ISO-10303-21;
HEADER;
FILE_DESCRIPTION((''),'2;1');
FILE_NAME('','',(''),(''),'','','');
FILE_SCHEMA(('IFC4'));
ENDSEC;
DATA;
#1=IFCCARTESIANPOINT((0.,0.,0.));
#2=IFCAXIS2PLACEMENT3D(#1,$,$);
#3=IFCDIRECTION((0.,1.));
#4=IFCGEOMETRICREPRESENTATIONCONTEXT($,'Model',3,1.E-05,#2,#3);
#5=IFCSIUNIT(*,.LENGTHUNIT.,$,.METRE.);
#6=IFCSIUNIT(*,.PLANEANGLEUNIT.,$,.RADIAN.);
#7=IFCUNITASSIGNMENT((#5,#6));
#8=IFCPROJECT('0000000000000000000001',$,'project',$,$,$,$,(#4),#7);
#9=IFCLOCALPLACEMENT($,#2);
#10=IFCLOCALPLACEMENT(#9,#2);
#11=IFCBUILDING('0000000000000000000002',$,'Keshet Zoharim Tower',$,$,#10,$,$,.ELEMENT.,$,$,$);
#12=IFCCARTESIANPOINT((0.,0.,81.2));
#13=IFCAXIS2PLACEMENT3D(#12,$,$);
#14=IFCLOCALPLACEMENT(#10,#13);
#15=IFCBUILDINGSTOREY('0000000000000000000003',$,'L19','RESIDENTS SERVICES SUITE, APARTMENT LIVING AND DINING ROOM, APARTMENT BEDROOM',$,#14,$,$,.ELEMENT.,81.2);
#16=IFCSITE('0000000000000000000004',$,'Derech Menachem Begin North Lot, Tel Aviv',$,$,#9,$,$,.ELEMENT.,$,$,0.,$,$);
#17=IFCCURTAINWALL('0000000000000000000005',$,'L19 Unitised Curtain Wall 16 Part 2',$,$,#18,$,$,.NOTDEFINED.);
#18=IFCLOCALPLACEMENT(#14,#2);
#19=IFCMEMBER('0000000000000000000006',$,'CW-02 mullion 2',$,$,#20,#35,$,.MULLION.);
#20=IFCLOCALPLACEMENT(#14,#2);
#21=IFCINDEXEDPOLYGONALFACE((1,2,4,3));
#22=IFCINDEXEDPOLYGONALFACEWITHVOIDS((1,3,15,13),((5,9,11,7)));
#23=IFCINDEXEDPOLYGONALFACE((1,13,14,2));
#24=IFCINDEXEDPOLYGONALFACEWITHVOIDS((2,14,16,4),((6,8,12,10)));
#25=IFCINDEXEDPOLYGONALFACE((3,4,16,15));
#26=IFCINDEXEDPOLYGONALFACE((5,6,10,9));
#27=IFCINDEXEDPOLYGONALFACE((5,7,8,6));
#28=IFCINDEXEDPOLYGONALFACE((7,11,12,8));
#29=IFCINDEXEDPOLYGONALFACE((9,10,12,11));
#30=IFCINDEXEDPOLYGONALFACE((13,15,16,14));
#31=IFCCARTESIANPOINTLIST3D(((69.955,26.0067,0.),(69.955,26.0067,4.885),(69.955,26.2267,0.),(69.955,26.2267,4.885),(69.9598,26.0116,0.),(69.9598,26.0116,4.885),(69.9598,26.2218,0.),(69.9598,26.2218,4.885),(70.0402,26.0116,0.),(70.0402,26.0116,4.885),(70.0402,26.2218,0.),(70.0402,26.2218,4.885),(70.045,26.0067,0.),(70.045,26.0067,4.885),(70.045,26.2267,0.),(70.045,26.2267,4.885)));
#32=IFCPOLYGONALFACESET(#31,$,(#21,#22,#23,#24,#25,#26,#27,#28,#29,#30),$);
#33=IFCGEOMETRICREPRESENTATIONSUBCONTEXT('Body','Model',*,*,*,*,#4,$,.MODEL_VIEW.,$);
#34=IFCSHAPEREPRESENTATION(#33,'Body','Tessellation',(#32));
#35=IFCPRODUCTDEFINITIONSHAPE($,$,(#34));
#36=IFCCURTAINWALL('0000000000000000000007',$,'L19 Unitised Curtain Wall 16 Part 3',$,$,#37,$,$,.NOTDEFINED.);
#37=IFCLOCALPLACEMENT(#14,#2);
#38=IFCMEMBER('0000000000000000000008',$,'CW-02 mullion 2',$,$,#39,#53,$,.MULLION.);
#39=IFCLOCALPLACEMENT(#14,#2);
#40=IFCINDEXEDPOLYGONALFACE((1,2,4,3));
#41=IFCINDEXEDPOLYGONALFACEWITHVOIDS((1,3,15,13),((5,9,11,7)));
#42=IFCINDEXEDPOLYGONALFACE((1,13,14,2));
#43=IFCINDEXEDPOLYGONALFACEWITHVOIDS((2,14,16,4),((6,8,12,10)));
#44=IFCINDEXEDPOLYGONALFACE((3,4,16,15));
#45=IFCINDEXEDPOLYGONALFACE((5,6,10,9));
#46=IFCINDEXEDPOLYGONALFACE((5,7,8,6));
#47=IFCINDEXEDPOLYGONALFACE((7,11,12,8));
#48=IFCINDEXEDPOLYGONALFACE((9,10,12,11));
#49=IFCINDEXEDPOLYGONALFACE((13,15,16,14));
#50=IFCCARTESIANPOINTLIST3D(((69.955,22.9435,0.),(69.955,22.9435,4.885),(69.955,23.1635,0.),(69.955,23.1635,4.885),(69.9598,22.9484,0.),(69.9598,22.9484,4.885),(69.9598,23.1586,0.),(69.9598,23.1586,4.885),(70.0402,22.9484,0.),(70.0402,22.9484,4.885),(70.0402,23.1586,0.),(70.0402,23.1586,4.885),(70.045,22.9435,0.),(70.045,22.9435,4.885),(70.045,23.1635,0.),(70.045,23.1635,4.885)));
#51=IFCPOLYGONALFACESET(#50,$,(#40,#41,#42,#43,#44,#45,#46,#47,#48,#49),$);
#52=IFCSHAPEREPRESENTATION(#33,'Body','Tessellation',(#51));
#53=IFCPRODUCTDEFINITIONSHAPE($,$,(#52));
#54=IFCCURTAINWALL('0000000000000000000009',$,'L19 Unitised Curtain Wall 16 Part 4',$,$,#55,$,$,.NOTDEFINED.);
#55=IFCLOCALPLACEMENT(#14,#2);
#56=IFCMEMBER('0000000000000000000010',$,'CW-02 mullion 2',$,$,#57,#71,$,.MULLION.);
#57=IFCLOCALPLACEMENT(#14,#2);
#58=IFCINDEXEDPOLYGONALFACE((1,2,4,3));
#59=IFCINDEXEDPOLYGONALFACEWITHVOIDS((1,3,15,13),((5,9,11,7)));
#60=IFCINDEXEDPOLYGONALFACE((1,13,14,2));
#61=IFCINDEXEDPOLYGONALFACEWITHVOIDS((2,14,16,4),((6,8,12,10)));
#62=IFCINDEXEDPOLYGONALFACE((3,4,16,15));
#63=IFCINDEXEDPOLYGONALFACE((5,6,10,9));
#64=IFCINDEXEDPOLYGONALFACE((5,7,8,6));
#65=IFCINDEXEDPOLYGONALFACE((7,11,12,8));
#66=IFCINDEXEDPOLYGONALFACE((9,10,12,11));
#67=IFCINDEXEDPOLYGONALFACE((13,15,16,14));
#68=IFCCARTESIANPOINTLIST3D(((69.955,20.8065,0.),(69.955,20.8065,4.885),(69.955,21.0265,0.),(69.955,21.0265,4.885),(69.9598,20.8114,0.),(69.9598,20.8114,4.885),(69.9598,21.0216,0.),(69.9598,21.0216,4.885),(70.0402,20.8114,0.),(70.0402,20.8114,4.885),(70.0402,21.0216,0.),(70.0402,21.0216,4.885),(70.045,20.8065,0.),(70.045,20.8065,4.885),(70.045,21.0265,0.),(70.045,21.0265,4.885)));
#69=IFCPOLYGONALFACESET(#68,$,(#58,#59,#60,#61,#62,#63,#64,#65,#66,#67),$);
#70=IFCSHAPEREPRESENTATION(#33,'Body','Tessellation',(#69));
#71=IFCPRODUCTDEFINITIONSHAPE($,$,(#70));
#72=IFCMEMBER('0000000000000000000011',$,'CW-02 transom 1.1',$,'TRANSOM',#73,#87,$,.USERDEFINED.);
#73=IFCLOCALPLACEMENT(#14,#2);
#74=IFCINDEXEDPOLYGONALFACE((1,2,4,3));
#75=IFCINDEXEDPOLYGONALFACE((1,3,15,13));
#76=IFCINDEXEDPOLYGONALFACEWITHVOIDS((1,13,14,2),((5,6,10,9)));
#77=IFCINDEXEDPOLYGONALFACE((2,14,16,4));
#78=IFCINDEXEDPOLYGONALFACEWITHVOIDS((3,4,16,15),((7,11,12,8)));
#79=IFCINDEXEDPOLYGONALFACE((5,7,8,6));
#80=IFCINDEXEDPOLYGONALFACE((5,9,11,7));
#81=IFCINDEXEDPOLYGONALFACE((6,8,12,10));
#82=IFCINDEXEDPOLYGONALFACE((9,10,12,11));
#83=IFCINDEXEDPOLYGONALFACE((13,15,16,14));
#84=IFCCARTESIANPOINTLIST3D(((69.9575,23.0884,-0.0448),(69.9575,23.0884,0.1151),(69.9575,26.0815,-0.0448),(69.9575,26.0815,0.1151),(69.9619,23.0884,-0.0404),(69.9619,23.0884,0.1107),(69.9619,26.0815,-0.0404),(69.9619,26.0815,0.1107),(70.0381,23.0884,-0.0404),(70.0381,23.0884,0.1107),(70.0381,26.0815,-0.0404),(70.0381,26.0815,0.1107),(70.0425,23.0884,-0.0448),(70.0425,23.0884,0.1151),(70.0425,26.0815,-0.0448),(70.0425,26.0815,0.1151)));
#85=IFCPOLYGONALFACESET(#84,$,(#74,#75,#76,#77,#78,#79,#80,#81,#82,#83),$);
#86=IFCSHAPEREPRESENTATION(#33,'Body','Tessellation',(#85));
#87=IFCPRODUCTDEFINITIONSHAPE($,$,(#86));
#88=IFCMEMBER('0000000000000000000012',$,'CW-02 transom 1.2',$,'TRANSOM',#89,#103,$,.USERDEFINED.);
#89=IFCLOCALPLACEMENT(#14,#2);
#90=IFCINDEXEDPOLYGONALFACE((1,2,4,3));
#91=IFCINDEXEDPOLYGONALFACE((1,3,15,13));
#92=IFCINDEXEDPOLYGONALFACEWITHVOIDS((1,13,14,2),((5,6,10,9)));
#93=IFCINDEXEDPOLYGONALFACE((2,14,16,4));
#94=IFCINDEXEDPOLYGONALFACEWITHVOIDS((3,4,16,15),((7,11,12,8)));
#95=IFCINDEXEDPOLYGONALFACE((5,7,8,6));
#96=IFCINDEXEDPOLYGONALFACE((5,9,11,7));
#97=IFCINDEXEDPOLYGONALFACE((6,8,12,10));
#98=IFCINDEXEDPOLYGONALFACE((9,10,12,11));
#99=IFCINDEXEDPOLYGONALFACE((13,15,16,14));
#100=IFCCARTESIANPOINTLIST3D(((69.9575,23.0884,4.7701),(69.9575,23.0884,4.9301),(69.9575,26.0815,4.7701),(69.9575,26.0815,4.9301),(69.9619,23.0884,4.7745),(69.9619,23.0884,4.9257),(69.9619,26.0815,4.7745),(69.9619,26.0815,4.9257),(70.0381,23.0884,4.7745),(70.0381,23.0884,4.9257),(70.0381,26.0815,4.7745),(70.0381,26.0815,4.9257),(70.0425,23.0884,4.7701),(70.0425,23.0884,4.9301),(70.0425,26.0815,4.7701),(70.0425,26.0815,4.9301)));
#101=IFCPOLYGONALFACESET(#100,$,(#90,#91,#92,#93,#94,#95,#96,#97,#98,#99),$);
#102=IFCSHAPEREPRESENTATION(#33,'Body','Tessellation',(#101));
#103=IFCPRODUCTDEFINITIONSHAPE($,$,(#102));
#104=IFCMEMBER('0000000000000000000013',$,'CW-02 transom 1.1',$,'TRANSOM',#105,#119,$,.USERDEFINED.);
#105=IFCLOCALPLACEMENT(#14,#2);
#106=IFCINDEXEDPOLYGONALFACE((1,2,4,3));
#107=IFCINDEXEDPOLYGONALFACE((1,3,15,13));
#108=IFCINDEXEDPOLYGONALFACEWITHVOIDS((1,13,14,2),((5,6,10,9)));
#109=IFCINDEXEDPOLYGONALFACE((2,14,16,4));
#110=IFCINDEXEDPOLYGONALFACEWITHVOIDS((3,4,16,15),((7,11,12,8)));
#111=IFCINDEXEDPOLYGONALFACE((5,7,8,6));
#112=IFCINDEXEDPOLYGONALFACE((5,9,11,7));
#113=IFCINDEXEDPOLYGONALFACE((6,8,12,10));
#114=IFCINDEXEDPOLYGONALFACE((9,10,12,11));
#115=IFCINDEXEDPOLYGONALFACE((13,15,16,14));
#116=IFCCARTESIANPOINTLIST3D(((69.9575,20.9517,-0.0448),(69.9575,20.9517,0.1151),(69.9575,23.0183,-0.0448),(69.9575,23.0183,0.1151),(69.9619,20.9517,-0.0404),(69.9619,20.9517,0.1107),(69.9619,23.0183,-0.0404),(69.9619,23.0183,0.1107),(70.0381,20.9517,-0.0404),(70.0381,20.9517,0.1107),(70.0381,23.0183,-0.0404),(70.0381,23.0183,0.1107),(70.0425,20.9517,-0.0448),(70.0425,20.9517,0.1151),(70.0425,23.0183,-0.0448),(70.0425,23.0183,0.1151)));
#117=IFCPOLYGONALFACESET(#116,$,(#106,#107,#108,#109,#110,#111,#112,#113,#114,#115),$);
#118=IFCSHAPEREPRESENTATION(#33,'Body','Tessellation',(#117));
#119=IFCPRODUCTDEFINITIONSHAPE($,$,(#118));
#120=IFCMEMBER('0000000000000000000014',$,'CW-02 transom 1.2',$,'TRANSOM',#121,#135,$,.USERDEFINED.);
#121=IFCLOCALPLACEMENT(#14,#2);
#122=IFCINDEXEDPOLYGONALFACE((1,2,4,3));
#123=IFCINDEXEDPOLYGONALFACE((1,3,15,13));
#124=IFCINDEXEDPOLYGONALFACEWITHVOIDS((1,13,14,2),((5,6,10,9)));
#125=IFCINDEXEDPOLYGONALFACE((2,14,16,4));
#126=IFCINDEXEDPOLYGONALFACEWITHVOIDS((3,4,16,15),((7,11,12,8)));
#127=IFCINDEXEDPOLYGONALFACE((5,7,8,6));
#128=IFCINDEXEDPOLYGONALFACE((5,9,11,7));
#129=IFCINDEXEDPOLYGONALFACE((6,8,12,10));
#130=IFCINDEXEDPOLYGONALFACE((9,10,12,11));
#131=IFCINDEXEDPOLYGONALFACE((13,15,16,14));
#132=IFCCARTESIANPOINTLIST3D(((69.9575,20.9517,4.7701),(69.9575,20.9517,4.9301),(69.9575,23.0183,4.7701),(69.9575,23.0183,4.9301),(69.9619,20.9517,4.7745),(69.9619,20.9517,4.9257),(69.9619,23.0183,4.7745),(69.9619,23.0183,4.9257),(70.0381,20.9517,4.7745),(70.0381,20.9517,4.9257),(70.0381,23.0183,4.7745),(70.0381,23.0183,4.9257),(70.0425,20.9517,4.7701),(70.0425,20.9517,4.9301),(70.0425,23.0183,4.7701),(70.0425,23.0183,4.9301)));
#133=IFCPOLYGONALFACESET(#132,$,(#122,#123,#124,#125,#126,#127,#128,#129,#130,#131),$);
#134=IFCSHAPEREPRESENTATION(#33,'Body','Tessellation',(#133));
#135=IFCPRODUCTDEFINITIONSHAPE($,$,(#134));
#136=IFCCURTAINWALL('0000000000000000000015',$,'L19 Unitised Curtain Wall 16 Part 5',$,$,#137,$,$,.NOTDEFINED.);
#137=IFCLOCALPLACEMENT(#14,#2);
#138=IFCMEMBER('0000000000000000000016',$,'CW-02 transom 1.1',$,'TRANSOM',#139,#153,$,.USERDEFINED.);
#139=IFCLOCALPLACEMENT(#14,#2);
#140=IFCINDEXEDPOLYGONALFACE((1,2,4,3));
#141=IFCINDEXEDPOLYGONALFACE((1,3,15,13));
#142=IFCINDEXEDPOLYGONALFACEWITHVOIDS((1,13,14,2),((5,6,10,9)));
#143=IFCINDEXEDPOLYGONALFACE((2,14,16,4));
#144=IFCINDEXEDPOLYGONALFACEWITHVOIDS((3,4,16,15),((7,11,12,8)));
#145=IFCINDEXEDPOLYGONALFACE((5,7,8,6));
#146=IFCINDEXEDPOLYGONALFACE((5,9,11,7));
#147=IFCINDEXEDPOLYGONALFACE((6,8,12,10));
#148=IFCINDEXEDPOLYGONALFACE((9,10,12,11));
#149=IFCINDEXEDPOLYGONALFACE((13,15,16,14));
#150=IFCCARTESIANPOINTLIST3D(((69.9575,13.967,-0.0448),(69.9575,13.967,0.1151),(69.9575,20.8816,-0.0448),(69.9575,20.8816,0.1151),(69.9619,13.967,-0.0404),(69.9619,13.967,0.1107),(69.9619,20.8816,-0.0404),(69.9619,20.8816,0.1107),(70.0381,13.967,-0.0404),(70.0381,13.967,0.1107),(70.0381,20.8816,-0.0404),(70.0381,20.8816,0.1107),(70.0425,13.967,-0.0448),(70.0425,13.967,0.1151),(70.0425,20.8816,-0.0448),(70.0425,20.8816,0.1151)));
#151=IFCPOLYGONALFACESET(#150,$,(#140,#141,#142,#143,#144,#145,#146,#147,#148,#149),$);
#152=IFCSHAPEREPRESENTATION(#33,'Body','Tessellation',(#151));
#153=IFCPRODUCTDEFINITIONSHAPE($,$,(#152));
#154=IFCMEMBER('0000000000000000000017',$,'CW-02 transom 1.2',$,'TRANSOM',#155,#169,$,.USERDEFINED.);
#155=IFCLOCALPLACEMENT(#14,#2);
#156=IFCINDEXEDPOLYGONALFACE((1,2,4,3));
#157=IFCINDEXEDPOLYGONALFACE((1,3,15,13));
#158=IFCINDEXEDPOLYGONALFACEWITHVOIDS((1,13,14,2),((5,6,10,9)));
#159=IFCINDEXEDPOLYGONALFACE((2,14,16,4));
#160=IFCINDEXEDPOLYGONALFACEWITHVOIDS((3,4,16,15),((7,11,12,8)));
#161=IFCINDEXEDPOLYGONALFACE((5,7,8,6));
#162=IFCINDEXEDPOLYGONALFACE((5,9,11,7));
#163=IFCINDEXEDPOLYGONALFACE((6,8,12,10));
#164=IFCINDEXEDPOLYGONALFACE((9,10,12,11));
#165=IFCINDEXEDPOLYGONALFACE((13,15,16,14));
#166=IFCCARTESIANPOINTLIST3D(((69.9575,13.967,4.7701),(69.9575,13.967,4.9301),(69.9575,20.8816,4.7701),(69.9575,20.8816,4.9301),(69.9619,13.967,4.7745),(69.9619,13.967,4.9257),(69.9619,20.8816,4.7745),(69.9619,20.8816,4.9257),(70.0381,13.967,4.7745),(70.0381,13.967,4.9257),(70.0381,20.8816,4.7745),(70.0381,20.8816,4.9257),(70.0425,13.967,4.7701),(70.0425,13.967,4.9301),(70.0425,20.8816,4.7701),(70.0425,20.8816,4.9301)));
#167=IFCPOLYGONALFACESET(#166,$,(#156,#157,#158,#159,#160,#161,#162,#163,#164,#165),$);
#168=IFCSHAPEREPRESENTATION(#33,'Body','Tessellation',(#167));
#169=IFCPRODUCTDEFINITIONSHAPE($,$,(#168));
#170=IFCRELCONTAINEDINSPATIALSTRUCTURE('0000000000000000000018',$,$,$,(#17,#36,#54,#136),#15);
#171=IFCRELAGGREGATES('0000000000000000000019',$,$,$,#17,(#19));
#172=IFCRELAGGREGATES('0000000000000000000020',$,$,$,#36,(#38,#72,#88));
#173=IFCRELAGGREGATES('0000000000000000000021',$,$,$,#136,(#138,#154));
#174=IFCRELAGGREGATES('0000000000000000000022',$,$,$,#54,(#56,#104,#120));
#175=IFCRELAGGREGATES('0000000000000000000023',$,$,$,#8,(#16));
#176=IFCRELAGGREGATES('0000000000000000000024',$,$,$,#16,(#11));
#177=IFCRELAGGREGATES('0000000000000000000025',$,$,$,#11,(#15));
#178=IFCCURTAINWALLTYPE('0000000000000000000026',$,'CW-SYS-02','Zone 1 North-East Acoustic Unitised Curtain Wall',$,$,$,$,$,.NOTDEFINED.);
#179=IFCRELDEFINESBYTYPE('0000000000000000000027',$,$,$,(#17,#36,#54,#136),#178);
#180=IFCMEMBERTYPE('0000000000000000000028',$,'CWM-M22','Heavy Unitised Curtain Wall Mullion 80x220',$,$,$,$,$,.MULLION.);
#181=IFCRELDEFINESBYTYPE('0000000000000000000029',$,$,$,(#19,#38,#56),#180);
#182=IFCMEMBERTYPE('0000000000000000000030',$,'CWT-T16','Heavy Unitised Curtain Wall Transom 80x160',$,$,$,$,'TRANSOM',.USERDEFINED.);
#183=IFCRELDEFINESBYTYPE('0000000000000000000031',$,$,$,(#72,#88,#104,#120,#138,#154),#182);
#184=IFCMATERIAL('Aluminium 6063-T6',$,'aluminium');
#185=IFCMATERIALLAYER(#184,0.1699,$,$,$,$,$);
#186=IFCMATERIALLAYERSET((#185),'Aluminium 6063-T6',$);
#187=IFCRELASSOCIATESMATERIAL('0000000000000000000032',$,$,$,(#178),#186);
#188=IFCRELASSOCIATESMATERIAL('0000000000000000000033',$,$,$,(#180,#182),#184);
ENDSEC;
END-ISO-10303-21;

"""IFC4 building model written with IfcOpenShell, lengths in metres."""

from ifc_helpers import new_model, si_unit, direction, frame, origin, origin_2d, place, context, subcontext, project, spatial, hollow_rectangle, extrude, material, layer, layer_set, material_profile, profile_set, type_object, element, aggregate, save


model = new_model("IFC4")

# Units and contexts
model_context = context("Model", 3, precision=1e-05, world=origin(), true_north=direction((0.0, 1.0)))
body_context = subcontext(model_context, "Body", "Model", "MODEL_VIEW")
ifc_project = project(units=[si_unit("LENGTHUNIT", "METRE"), si_unit("PLANEANGLEUNIT", "RADIAN")], contexts=[model_context])

# Site, building, storey
site_placement = place(None, origin())
site = spatial("IfcSite", under=ifc_project, at=site_placement, Name="Derech Menachem Begin North Lot, Tel Aviv", CompositionType="ELEMENT", RefElevation=0.0)
building_placement = place(site_placement, origin())
building = spatial("IfcBuilding", under=site, at=building_placement, Name="Keshet Zoharim Tower", CompositionType="ELEMENT")
storey_placement = place(building_placement, frame((0.0, 0.0, 81.2)))
storey = spatial("IfcBuildingStorey", under=building, at=storey_placement, Name="L19", Description="RESIDENTS SERVICES SUITE, APARTMENT LIVING AND DINING ROOM, APARTMENT BEDROOM", CompositionType="ELEMENT", Elevation=81.2)

# Curtain walls, members
ifc_material_1 = material(Name="Aluminium 6063-T6", Category="aluminium")
ifc_layer_1 = layer(ifc_material_1, 0.1699)
ifc_layer_set_1 = layer_set([ifc_layer_1], Name="Aluminium 6063-T6")
curtain_wall_type = type_object("IfcCurtainWallType", Name="CW-SYS-02", Description="Zone 1 North-East Acoustic Unitised Curtain Wall", PredefinedType="NOTDEFINED", material=ifc_layer_set_1)
curtain_wall_1_placement = place(storey_placement, origin())
curtain_wall_1 = element("IfcCurtainWall", 1, at=curtain_wall_1_placement, inside=storey, type_object=curtain_wall_type, Name="L19 Unitised Curtain Wall 16 Part 2", PredefinedType="NOTDEFINED")
ifc_material_profile_1 = material_profile(ifc_material_1, hollow_rectangle(XDim=0.0901, YDim=0.22, WallThickness=0.0049, at=origin_2d()), Name="MUL-90x220")
ifc_profile_set_1 = profile_set([ifc_material_profile_1], Name="Aluminium 6063-T6")
member_type_1 = type_object("IfcMemberType", Name="CWM-M22", Description="Heavy Unitised Curtain Wall Mullion 80x220", PredefinedType="MULLION", material=ifc_profile_set_1)
member_1_placement = place(storey_placement, frame((70.0, 26.1167, 0.0), z_axis=(0.0, 0.0, 1.0), x_axis=(1.0, 0.0, 0.0)))
member_1 = element("IfcMember", 2, at=member_1_placement, type_object=member_type_1, Name="CW-02 mullion 2", PredefinedType="MULLION", context=body_context, shape_type="SweptSolid", body=[
    extrude(hollow_rectangle(XDim=0.0901, YDim=0.22, WallThickness=0.0049, at=origin_2d()), origin(), (0.0, 0.0, 1.0), 4.885),
])
aggregate(curtain_wall_1, [member_1])
curtain_wall_2_placement = place(storey_placement, origin())
curtain_wall_2 = element("IfcCurtainWall", 3, at=curtain_wall_2_placement, inside=storey, type_object=curtain_wall_type, Name="L19 Unitised Curtain Wall 16 Part 3", PredefinedType="NOTDEFINED")
member_2_placement = place(storey_placement, frame((70.0, 23.0535, 0.0), z_axis=(0.0, 0.0, 1.0), x_axis=(1.0, 0.0, 0.0)))
member_2 = element("IfcMember", 4, at=member_2_placement, type_object=member_type_1, Name="CW-02 mullion 2", PredefinedType="MULLION", context=body_context, shape_type="SweptSolid", body=[
    extrude(hollow_rectangle(XDim=0.0901, YDim=0.22, WallThickness=0.0049, at=origin_2d()), origin(), (0.0, 0.0, 1.0), 4.885),
])
curtain_wall_3_placement = place(storey_placement, origin())
curtain_wall_3 = element("IfcCurtainWall", 5, at=curtain_wall_3_placement, inside=storey, type_object=curtain_wall_type, Name="L19 Unitised Curtain Wall 16 Part 4", PredefinedType="NOTDEFINED")
member_3_placement = place(storey_placement, frame((70.0, 20.9165, 0.0), z_axis=(0.0, 0.0, 1.0), x_axis=(1.0, 0.0, 0.0)))
member_3 = element("IfcMember", 6, at=member_3_placement, type_object=member_type_1, Name="CW-02 mullion 2", PredefinedType="MULLION", context=body_context, shape_type="SweptSolid", body=[
    extrude(hollow_rectangle(XDim=0.0901, YDim=0.22, WallThickness=0.0049, at=origin_2d()), origin(), (0.0, 0.0, 1.0), 4.885),
])

# Members
ifc_material_profile_2 = material_profile(ifc_material_1, hollow_rectangle(XDim=0.085, YDim=0.1599, WallThickness=0.0044, at=origin_2d()), Name="TRN-85x160")
ifc_profile_set_2 = profile_set([ifc_material_profile_2], Name="Aluminium 6063-T6")
member_type_2 = type_object("IfcMemberType", Name="CWT-T16", Description="Heavy Unitised Curtain Wall Transom 80x160", ElementType="TRANSOM", PredefinedType="USERDEFINED", material=ifc_profile_set_2)
member_4_placement = place(storey_placement, frame((70.0, 26.0815, 0.0352), z_axis=(0.0, -1.0, 0.0), x_axis=(1.0, 0.0, 0.0)))
member_4 = element("IfcMember", 7, at=member_4_placement, type_object=member_type_2, Name="CW-02 transom 1.1", ObjectType="TRANSOM", PredefinedType="USERDEFINED", context=body_context, shape_type="SweptSolid", body=[
    extrude(hollow_rectangle(XDim=0.085, YDim=0.1599, WallThickness=0.0044, at=origin_2d()), origin(), (0.0, 0.0, 1.0), 2.9932),
])
member_5_placement = place(storey_placement, frame((70.0, 26.0815, 4.8501), z_axis=(0.0, -1.0, 0.0), x_axis=(1.0, 0.0, 0.0)))
member_5 = element("IfcMember", 8, at=member_5_placement, type_object=member_type_2, Name="CW-02 transom 1.2", ObjectType="TRANSOM", PredefinedType="USERDEFINED", context=body_context, shape_type="SweptSolid", body=[
    extrude(hollow_rectangle(XDim=0.085, YDim=0.1599, WallThickness=0.0044, at=origin_2d()), origin(), (0.0, 0.0, 1.0), 2.9932),
])
member_6_placement = place(storey_placement, frame((70.0, 23.0183, 0.0352), z_axis=(0.0, -1.0, 0.0), x_axis=(1.0, 0.0, 0.0)))
member_6 = element("IfcMember", 9, at=member_6_placement, type_object=member_type_2, Name="CW-02 transom 1.1", ObjectType="TRANSOM", PredefinedType="USERDEFINED", context=body_context, shape_type="SweptSolid", body=[
    extrude(hollow_rectangle(XDim=0.085, YDim=0.1599, WallThickness=0.0044, at=origin_2d()), origin(), (0.0, 0.0, 1.0), 2.0667),
])
member_7_placement = place(storey_placement, frame((70.0, 23.0183, 4.8501), z_axis=(0.0, -1.0, 0.0), x_axis=(1.0, 0.0, 0.0)))
member_7 = element("IfcMember", 10, at=member_7_placement, type_object=member_type_2, Name="CW-02 transom 1.2", ObjectType="TRANSOM", PredefinedType="USERDEFINED", context=body_context, shape_type="SweptSolid", body=[
    extrude(hollow_rectangle(XDim=0.085, YDim=0.1599, WallThickness=0.0044, at=origin_2d()), origin(), (0.0, 0.0, 1.0), 2.0667),
])

# Curtain wall, members
curtain_wall_4_placement = place(storey_placement, origin())
curtain_wall_4 = element("IfcCurtainWall", 11, at=curtain_wall_4_placement, inside=storey, type_object=curtain_wall_type, Name="L19 Unitised Curtain Wall 16 Part 5", PredefinedType="NOTDEFINED")
member_8_placement = place(storey_placement, frame((70.0, 20.8816, 0.0352), z_axis=(0.0, -1.0, 0.0), x_axis=(1.0, 0.0, 0.0)))
member_8 = element("IfcMember", 12, at=member_8_placement, type_object=member_type_2, Name="CW-02 transom 1.1", ObjectType="TRANSOM", PredefinedType="USERDEFINED", context=body_context, shape_type="SweptSolid", body=[
    extrude(hollow_rectangle(XDim=0.085, YDim=0.1599, WallThickness=0.0044, at=origin_2d()), origin(), (0.0, 0.0, 1.0), 6.9146),
])
member_9_placement = place(storey_placement, frame((70.0, 20.8816, 4.8501), z_axis=(0.0, -1.0, 0.0), x_axis=(1.0, 0.0, 0.0)))
member_9 = element("IfcMember", 13, at=member_9_placement, type_object=member_type_2, Name="CW-02 transom 1.2", ObjectType="TRANSOM", PredefinedType="USERDEFINED", context=body_context, shape_type="SweptSolid", body=[
    extrude(hollow_rectangle(XDim=0.085, YDim=0.1599, WallThickness=0.0044, at=origin_2d()), origin(), (0.0, 0.0, 1.0), 6.9146),
])

aggregate(curtain_wall_2, [member_2, member_4, member_5])
aggregate(curtain_wall_4, [member_8, member_9])
aggregate(curtain_wall_3, [member_3, member_6, member_7])

save(model, "model.ifc")
